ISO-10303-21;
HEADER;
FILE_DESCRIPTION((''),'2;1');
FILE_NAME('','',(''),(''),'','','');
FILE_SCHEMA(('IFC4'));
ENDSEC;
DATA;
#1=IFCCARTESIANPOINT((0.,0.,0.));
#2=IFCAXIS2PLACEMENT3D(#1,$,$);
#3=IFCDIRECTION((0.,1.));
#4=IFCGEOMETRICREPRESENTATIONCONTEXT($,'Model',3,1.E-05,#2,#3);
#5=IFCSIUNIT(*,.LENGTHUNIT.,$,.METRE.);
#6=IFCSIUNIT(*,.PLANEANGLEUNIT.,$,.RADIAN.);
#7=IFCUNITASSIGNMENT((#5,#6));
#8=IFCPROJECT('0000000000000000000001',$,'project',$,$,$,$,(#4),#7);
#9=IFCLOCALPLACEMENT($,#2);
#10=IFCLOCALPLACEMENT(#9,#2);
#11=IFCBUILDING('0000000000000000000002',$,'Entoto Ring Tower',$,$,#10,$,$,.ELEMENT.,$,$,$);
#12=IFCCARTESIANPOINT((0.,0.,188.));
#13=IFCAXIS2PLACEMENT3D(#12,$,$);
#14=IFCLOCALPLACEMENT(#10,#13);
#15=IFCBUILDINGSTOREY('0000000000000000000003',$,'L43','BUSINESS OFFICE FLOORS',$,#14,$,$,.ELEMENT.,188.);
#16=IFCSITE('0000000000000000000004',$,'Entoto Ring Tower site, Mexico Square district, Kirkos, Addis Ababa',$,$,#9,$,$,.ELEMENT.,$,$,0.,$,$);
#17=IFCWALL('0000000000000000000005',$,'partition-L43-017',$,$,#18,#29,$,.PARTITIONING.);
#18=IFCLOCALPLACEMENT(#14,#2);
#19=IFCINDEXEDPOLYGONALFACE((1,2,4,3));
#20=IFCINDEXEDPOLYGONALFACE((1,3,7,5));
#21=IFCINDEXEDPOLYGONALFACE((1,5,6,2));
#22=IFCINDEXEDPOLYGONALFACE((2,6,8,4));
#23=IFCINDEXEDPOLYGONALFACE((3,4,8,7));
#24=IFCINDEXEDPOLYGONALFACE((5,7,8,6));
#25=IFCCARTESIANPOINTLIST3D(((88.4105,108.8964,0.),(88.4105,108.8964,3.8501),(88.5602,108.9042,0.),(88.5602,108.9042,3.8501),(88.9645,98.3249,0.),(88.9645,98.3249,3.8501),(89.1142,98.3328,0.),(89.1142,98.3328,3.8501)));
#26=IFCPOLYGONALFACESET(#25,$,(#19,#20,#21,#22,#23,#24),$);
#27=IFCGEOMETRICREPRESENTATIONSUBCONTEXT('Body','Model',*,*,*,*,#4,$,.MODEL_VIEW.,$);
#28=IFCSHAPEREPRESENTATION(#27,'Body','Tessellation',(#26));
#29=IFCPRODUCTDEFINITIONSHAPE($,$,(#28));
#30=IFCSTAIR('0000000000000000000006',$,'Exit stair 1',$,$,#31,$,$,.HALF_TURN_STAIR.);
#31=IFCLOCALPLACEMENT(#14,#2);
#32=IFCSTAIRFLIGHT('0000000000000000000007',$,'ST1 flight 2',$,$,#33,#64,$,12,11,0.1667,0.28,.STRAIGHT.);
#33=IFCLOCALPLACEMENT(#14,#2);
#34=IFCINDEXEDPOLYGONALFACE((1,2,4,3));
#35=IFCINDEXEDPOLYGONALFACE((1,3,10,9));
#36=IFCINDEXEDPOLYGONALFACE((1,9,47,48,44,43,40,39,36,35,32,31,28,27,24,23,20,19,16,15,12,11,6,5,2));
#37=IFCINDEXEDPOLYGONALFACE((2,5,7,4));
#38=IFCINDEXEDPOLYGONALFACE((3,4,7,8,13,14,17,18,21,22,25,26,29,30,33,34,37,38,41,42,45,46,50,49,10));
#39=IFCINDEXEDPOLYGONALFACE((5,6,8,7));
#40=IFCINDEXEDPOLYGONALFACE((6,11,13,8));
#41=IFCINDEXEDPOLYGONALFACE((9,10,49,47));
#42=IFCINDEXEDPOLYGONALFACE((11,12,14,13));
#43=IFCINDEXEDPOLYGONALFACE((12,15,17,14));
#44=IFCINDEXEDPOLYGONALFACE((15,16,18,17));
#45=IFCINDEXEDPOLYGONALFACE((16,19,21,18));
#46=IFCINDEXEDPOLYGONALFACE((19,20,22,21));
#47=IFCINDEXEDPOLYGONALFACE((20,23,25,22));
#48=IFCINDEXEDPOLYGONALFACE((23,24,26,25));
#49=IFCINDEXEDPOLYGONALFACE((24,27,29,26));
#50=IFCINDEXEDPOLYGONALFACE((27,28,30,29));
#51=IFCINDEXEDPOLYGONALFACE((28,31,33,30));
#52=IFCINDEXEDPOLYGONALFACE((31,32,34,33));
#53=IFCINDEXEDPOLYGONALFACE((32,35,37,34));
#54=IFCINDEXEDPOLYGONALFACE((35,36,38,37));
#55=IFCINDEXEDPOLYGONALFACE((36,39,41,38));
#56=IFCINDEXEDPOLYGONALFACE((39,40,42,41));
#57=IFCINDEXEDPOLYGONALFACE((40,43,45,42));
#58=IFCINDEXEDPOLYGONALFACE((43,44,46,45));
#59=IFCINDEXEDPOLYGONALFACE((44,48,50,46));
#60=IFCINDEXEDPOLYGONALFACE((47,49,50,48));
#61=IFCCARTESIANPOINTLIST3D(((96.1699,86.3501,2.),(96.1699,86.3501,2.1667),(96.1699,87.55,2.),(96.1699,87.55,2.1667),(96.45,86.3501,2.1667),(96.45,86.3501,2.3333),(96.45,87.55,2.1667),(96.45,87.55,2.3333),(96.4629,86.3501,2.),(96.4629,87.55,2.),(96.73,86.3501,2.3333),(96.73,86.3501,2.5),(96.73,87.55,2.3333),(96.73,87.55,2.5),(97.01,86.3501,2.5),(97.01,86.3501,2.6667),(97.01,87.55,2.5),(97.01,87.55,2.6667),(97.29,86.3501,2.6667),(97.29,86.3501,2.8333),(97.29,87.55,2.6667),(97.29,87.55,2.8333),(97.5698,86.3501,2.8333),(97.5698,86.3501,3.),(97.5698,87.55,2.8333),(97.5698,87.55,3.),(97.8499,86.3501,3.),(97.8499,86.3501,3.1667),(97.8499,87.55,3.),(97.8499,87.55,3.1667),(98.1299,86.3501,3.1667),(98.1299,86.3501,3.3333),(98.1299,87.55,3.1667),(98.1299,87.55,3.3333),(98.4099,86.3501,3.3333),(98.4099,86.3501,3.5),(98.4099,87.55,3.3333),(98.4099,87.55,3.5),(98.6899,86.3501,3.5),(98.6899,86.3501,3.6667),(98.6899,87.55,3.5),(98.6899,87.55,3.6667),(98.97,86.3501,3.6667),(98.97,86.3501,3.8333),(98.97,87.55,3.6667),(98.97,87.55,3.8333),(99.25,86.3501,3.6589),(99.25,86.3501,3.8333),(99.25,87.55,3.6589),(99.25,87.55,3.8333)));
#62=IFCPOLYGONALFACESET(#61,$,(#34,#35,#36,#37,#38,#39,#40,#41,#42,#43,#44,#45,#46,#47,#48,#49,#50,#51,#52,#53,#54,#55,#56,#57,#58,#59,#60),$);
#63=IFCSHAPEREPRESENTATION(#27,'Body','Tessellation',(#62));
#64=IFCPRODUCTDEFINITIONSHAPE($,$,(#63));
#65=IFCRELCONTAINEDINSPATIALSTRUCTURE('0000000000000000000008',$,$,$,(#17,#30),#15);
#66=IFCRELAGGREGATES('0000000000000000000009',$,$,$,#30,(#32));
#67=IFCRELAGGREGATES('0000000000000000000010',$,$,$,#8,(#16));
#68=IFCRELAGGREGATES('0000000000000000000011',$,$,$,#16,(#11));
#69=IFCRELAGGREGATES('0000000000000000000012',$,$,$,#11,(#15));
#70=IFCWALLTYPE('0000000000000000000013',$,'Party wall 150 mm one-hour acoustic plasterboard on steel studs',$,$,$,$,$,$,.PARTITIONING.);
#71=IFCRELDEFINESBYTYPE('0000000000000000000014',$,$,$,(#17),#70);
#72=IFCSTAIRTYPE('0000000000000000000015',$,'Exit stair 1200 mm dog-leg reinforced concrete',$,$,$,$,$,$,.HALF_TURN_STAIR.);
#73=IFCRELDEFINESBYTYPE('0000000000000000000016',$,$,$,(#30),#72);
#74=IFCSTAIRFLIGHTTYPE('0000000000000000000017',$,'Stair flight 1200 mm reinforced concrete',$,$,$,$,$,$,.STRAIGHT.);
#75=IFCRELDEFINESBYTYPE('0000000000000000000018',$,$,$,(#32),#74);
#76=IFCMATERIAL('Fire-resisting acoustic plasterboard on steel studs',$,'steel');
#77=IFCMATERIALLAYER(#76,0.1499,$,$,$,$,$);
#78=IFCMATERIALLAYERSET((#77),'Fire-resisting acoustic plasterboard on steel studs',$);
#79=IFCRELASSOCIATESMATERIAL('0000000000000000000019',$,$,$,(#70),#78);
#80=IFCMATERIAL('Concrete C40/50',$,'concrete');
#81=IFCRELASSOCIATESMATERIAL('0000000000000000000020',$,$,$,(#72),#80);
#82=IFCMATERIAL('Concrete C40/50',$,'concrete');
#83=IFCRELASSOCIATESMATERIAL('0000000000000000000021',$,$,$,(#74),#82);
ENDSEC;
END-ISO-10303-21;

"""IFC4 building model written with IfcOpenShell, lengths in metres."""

from ifc_helpers import new_model, si_unit, direction, frame, frame_2d, origin, place, context, subcontext, project, spatial, polyline, rectangle, outline, extrude, material, layer, layer_set, type_object, element, aggregate, save


model = new_model("IFC4")

# Units and contexts
model_context = context("Model", 3, precision=1e-05, world=origin(), true_north=direction((0.0, 1.0)))
body_context = subcontext(model_context, "Body", "Model", "MODEL_VIEW")
ifc_project = project(units=[si_unit("LENGTHUNIT", "METRE"), si_unit("PLANEANGLEUNIT", "RADIAN")], contexts=[model_context])

# Site, building, storey
site_placement = place(None, origin())
site = spatial("IfcSite", under=ifc_project, at=site_placement, Name="Entoto Ring Tower site, Mexico Square district, Kirkos, Addis Ababa", CompositionType="ELEMENT", RefElevation=0.0)
building_placement = place(site_placement, origin())
building = spatial("IfcBuilding", under=site, at=building_placement, Name="Entoto Ring Tower", CompositionType="ELEMENT")
storey_placement = place(building_placement, frame((0.0, 0.0, 188.0)))
storey = spatial("IfcBuildingStorey", under=building, at=storey_placement, Name="L43", Description="BUSINESS OFFICE FLOORS", CompositionType="ELEMENT", Elevation=188.0)

# Wall
ifc_material_1 = material(Name="Fire-resisting acoustic plasterboard on steel studs", Category="steel")
ifc_layer_1 = layer(ifc_material_1, 0.1499)
ifc_layer_set_1 = layer_set([ifc_layer_1], Name="Fire-resisting acoustic plasterboard on steel studs")
wall_type_1 = type_object("IfcWallType", Name="Party wall 150 mm one-hour acoustic plasterboard on steel studs", PredefinedType="PARTITIONING", material=ifc_layer_set_1)
wall_1_placement = place(storey_placement, frame((89.0393, 98.3289, 0.0), z_axis=(0.0, 0.0, 1.0), x_axis=(-0.052329, 0.99863, 0.0)))
element("IfcWall", 1, at=wall_1_placement, inside=storey, type_object=wall_type_1, Name="partition-L43-017", PredefinedType="PARTITIONING", context=body_context, shape_type="SweptSolid", body=[
    extrude(rectangle(XDim=10.5859, YDim=0.1499, at=frame_2d((5.293, 0.0))), origin(), (0.0, 0.0, 1.0), 3.8501),
])

# Stair, stair flight
ifc_material_2 = material(Name="Concrete C40/50", Category="concrete")
stair_type = type_object("IfcStairType", Name="Exit stair 1200 mm dog-leg reinforced concrete", PredefinedType="HALF_TURN_STAIR", material=ifc_material_2)
stair_placement = place(storey_placement, origin())
stair = element("IfcStair", 2, at=stair_placement, inside=storey, type_object=stair_type, Name="Exit stair 1", PredefinedType="HALF_TURN_STAIR")
ifc_material_3 = material(Name="Concrete C40/50", Category="concrete")
stair_flight_type = type_object("IfcStairFlightType", Name="Stair flight 1200 mm reinforced concrete", PredefinedType="STRAIGHT", material=ifc_material_3)
stair_flight_placement = place(storey_placement, frame((96.1699, 86.95, 2.0), z_axis=(0.0, 0.0, 1.0), x_axis=(1.0, 0.0, 0.0)))
stair_flight = element("IfcStairFlight", 3, at=stair_flight_placement, type_object=stair_flight_type, Name="ST1 flight 2", NumberOfRisers=12, NumberOfTreads=11, PredefinedType="STRAIGHT", RiserHeight=0.1667, TreadLength=0.28, context=body_context, shape_type="SweptSolid", body=[
    extrude(outline(polyline([(0.0, 0.0), (0.0, 0.1667), (0.28, 0.1667), (0.28, 0.3333), (0.5601, 0.3333), (0.5601, 0.5), (0.8401, 0.5), (0.8401, 0.6667), (1.1201, 0.6667), (1.1201, 0.8333), (1.3999, 0.8333), (1.3999, 1.0), (1.6799, 1.0), (1.6799, 1.1667), (1.96, 1.1667), (1.96, 1.3333), (2.24, 1.3333), (2.24, 1.5), (2.52, 1.5), (2.52, 1.6667), (2.8, 1.6667), (2.8, 1.8333), (3.0801, 1.8333), (3.0801, 2.0), (3.0801, 1.6589), (0.293, 0.0), (0.0, 0.0)])), frame((0.0, 0.6001, 0.0), z_axis=(0.0, -1.0, 0.0), x_axis=(1.0, 0.0, 0.0)), (0.0, 0.0, 1.0), 1.2),
])
aggregate(stair, [stair_flight])

save(model, "model.ifc")
